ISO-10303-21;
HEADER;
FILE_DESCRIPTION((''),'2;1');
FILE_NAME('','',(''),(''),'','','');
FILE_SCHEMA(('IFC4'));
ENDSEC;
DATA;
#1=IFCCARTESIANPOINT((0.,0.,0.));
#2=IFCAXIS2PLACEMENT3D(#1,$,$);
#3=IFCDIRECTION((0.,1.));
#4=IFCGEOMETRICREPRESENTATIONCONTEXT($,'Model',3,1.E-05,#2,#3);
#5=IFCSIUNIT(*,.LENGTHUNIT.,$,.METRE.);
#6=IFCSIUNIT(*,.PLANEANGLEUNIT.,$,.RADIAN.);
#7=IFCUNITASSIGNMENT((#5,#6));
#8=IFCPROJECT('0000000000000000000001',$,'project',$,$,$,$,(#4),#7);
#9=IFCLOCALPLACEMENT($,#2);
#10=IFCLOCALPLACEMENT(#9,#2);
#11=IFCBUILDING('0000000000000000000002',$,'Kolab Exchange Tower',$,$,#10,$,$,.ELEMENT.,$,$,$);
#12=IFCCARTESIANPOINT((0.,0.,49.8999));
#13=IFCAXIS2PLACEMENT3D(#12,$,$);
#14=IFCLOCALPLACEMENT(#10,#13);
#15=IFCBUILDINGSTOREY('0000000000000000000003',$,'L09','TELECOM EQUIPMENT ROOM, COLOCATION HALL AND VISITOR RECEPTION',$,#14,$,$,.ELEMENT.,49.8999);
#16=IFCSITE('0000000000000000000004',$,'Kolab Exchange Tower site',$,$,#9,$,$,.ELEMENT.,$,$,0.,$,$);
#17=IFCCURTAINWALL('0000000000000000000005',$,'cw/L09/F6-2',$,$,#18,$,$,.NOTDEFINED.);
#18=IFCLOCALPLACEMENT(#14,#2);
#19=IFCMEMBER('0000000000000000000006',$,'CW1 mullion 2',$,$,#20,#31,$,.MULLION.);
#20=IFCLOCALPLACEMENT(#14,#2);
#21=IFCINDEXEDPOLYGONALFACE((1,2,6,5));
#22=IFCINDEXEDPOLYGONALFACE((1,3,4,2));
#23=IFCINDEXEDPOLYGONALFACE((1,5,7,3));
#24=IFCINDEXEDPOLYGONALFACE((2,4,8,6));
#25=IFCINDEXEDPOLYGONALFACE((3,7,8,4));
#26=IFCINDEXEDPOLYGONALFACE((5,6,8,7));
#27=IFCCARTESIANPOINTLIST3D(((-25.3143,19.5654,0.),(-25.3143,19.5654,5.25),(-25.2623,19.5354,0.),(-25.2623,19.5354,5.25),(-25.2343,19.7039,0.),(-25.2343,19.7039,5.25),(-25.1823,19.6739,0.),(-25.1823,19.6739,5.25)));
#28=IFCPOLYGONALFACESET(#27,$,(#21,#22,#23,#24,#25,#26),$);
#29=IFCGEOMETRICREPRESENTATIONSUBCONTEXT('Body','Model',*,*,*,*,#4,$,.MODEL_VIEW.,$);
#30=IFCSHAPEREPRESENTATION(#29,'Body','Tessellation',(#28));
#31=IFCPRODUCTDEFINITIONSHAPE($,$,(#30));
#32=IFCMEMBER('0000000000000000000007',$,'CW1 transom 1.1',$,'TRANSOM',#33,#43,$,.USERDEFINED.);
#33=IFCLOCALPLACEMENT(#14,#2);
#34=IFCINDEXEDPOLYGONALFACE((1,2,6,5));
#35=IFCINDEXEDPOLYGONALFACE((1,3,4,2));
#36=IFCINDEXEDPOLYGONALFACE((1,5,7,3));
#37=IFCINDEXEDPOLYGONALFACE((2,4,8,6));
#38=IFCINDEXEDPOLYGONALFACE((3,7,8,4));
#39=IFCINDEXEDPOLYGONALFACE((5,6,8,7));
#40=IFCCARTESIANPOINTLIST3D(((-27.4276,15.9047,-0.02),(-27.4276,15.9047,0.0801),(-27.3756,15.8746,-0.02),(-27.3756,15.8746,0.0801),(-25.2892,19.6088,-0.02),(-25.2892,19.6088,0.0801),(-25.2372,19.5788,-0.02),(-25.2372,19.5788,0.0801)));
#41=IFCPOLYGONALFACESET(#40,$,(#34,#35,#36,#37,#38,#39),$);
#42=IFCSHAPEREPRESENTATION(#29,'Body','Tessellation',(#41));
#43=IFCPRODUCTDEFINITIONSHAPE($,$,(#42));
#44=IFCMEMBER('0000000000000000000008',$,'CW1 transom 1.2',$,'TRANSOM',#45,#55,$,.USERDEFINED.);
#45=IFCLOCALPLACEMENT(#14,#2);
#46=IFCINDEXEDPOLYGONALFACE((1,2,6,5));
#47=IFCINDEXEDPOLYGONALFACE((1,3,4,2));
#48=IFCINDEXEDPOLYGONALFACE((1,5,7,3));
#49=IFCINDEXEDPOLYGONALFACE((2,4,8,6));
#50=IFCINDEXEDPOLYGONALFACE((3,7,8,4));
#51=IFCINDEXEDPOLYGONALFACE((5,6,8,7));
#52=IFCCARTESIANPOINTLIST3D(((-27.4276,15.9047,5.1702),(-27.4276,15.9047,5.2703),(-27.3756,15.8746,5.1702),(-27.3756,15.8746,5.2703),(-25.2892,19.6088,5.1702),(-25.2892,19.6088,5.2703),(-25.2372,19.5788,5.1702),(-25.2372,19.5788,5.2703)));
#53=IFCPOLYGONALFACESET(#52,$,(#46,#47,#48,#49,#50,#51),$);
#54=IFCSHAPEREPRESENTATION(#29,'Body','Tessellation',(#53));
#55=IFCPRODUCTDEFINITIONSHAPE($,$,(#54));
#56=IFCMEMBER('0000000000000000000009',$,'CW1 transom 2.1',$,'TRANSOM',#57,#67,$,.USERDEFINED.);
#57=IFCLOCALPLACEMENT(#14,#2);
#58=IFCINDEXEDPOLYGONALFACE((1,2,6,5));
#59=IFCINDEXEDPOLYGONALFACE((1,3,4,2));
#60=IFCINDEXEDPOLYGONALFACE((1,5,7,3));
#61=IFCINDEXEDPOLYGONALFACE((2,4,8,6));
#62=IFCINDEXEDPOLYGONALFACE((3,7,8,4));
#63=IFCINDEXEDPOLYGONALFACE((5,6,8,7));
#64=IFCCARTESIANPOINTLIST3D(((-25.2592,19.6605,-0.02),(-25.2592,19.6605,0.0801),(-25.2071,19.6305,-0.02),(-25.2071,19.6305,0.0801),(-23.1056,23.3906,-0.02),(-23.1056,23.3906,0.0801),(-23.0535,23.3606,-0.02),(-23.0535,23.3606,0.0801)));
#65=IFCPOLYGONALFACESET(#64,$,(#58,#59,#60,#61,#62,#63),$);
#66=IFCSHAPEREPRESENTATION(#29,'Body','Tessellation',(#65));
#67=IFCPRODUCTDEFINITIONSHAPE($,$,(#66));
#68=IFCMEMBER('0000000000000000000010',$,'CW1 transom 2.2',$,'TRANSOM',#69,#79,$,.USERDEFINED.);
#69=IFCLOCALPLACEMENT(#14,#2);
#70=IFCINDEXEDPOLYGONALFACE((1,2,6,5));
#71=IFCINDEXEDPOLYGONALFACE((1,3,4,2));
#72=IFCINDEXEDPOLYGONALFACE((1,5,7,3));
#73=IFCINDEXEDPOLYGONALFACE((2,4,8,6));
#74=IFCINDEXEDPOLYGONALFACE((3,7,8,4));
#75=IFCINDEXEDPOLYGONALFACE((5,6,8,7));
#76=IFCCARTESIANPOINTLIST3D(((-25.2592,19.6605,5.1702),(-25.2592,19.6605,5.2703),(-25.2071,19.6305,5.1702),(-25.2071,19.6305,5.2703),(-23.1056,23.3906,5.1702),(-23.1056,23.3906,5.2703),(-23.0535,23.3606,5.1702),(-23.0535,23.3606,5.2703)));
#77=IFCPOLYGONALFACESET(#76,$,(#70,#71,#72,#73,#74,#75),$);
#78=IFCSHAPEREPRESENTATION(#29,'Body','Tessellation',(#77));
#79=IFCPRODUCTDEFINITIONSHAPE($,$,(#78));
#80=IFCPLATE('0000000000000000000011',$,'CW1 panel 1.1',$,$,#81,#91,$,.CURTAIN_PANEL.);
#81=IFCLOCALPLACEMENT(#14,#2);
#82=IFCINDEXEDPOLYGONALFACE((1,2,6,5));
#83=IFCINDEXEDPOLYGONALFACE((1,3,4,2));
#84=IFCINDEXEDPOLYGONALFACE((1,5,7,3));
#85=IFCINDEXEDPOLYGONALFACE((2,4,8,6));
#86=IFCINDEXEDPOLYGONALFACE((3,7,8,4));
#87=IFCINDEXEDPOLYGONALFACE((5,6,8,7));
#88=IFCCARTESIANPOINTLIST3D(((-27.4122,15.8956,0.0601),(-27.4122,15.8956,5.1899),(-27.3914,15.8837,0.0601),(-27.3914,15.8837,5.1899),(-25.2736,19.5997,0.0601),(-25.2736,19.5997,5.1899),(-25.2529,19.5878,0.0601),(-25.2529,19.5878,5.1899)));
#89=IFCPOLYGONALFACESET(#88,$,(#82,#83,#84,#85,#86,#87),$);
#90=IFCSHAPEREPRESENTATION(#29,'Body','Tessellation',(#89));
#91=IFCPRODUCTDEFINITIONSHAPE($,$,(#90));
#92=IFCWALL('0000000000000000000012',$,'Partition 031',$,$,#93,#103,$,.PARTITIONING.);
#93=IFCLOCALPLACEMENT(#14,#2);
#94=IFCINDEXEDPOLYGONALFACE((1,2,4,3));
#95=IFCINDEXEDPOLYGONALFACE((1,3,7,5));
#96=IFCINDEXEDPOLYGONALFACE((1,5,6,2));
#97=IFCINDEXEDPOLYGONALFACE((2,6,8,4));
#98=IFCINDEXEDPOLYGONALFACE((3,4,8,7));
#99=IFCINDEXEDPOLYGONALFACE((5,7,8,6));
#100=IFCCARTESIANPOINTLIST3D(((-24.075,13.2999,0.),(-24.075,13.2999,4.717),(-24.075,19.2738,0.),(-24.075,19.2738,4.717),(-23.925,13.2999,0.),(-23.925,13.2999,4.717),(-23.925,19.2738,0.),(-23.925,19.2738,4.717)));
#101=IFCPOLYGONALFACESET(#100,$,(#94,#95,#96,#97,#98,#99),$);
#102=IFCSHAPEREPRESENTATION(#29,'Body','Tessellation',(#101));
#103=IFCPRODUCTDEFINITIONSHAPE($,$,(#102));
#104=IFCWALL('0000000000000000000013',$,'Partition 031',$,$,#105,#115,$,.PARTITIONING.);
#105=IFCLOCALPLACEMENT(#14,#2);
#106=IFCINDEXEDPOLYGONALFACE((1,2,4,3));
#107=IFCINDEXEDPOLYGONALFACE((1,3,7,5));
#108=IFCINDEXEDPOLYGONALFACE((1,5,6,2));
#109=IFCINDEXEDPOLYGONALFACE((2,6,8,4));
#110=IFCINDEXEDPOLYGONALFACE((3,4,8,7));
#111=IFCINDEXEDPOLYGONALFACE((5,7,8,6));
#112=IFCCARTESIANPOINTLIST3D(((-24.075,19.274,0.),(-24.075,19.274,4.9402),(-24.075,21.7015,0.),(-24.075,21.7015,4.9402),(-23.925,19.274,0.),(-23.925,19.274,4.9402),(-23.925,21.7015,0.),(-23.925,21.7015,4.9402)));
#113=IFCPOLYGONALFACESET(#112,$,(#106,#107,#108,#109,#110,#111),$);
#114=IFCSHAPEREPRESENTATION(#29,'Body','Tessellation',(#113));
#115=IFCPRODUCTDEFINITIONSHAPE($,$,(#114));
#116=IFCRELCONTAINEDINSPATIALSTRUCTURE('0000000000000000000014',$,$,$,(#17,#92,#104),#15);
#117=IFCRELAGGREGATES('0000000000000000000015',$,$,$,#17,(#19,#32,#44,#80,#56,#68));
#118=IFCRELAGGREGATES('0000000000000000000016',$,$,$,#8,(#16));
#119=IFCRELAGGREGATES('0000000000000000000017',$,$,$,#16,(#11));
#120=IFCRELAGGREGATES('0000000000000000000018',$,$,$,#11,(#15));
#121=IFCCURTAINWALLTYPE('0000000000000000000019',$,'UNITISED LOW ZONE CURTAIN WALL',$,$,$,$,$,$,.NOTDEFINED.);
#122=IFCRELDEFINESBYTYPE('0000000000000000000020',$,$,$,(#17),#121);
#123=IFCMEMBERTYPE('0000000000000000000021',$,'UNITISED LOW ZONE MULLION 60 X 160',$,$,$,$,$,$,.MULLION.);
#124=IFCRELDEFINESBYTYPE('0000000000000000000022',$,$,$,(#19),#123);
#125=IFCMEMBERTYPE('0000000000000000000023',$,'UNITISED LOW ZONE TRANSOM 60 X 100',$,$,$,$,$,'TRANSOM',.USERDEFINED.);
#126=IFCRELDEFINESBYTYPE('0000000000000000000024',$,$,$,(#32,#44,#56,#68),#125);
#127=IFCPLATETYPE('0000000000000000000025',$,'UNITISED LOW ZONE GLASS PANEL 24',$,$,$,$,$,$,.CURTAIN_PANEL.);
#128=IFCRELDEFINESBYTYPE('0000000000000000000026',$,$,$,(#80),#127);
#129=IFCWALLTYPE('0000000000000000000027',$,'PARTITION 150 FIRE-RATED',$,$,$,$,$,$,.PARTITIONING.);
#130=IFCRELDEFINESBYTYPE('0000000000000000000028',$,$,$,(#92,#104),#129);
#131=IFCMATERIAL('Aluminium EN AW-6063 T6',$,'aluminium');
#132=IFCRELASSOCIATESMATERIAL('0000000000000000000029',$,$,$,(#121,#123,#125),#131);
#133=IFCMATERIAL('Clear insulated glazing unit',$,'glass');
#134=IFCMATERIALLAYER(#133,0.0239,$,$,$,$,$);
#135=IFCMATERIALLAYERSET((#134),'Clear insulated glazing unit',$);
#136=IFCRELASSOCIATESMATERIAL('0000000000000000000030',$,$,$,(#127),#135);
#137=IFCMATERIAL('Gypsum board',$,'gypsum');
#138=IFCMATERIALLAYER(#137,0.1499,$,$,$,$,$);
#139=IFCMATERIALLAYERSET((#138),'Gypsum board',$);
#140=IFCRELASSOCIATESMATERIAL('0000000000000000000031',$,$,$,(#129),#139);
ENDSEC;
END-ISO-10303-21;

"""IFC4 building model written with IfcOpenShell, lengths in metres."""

from ifc_helpers import new_model, si_unit, direction, frame, frame_2d, origin, origin_2d, place, context, subcontext, project, spatial, rectangle, extrude, material, layer, layer_set, material_profile, profile_set, type_object, element, aggregate, save


model = new_model("IFC4")

# Units and contexts
model_context = context("Model", 3, precision=1e-05, world=origin(), true_north=direction((0.0, 1.0)))
body_context = subcontext(model_context, "Body", "Model", "MODEL_VIEW")
ifc_project = project(units=[si_unit("LENGTHUNIT", "METRE"), si_unit("PLANEANGLEUNIT", "RADIAN")], contexts=[model_context])

# Site, building, storey
site_placement = place(None, origin())
site = spatial("IfcSite", under=ifc_project, at=site_placement, Name="Kolab Exchange Tower site", CompositionType="ELEMENT", RefElevation=0.0)
building_placement = place(site_placement, origin())
building = spatial("IfcBuilding", under=site, at=building_placement, Name="Kolab Exchange Tower", CompositionType="ELEMENT")
storey_placement = place(building_placement, frame((0.0, 0.0, 49.8999)))
storey = spatial("IfcBuildingStorey", under=building, at=storey_placement, Name="L09", Description="TELECOM EQUIPMENT ROOM, COLOCATION HALL AND VISITOR RECEPTION", CompositionType="ELEMENT", Elevation=49.8999)

# Curtain wall, members, plate
ifc_material_1 = material(Name="Aluminium EN AW-6063 T6", Category="aluminium")
curtain_wall_type = type_object("IfcCurtainWallType", Name="UNITISED LOW ZONE CURTAIN WALL", PredefinedType="NOTDEFINED", material=ifc_material_1)
curtain_wall_placement = place(storey_placement, origin())
curtain_wall = element("IfcCurtainWall", 1, at=curtain_wall_placement, inside=storey, type_object=curtain_wall_type, Name="cw/L09/F6-2", PredefinedType="NOTDEFINED")
ifc_material_profile_1 = material_profile(ifc_material_1, rectangle(XDim=0.0601, YDim=0.1599, at=origin_2d()), Name="RECT 60X160")
ifc_profile_set_1 = profile_set([ifc_material_profile_1], Name="Aluminium EN AW-6063 T6")
member_type_1 = type_object("IfcMemberType", Name="UNITISED LOW ZONE MULLION 60 X 160", PredefinedType="MULLION", material=ifc_profile_set_1)
member_1_placement = place(storey_placement, frame((-25.2483, 19.6196, 0.0), z_axis=(0.0, 0.0, 1.0), x_axis=(-0.866025, 0.5, 0.0)))
member_1 = element("IfcMember", 2, at=member_1_placement, type_object=member_type_1, Name="CW1 mullion 2", PredefinedType="MULLION", context=body_context, shape_type="SweptSolid", body=[
    extrude(rectangle(XDim=0.0601, YDim=0.1599, at=origin_2d()), origin(), (0.0, 0.0, 1.0), 5.25),
])
ifc_material_profile_2 = material_profile(ifc_material_1, rectangle(XDim=0.0601, YDim=0.1001, at=origin_2d()), Name="RECT 60X100")
ifc_profile_set_2 = profile_set([ifc_material_profile_2], Name="Aluminium EN AW-6063 T6")
member_type_2 = type_object("IfcMemberType", Name="UNITISED LOW ZONE TRANSOM 60 X 100", ElementType="TRANSOM", PredefinedType="USERDEFINED", material=ifc_profile_set_2)
member_2_placement = place(storey_placement, frame((-27.4016, 15.8896, 0.03), z_axis=(0.499976, 0.866039, 0.0), x_axis=(-0.866039, 0.499976, 0.0)))
member_2 = element("IfcMember", 3, at=member_2_placement, type_object=member_type_2, Name="CW1 transom 1.1", ObjectType="TRANSOM", PredefinedType="USERDEFINED", context=body_context, shape_type="SweptSolid", body=[
    extrude(rectangle(XDim=0.0601, YDim=0.1001, at=origin_2d()), origin(), (0.0, 0.0, 1.0), 4.2771),
])
member_3_placement = place(storey_placement, frame((-27.4016, 15.8896, 5.2202), z_axis=(0.499976, 0.866039, 0.0), x_axis=(-0.866039, 0.499976, 0.0)))
member_3 = element("IfcMember", 4, at=member_3_placement, type_object=member_type_2, Name="CW1 transom 1.2", ObjectType="TRANSOM", PredefinedType="USERDEFINED", context=body_context, shape_type="SweptSolid", body=[
    extrude(rectangle(XDim=0.0601, YDim=0.1001, at=origin_2d()), origin(), (0.0, 0.0, 1.0), 4.2771),
])
member_4_placement = place(storey_placement, frame((-25.2332, 19.6455, 0.03), z_axis=(0.50001, 0.866019, 0.0), x_axis=(-0.866019, 0.50001, 0.0)))
member_4 = element("IfcMember", 5, at=member_4_placement, type_object=member_type_2, Name="CW1 transom 2.1", ObjectType="TRANSOM", PredefinedType="USERDEFINED", context=body_context, shape_type="SweptSolid", body=[
    extrude(rectangle(XDim=0.0601, YDim=0.1001, at=origin_2d()), origin(), (0.0, 0.0, 1.0), 4.3071),
])
member_5_placement = place(storey_placement, frame((-25.2332, 19.6455, 5.2202), z_axis=(0.50001, 0.866019, 0.0), x_axis=(-0.866019, 0.50001, 0.0)))
member_5 = element("IfcMember", 6, at=member_5_placement, type_object=member_type_2, Name="CW1 transom 2.2", ObjectType="TRANSOM", PredefinedType="USERDEFINED", context=body_context, shape_type="SweptSolid", body=[
    extrude(rectangle(XDim=0.0601, YDim=0.1001, at=origin_2d()), origin(), (0.0, 0.0, 1.0), 4.3071),
])
ifc_material_2 = material(Name="Clear insulated glazing unit", Category="glass")
ifc_layer_1 = layer(ifc_material_2, 0.0239)
ifc_layer_set_1 = layer_set([ifc_layer_1], Name="Clear insulated glazing unit")
plate_type = type_object("IfcPlateType", Name="UNITISED LOW ZONE GLASS PANEL 24", PredefinedType="CURTAIN_PANEL", material=ifc_layer_set_1)
plate_placement = place(storey_placement, frame((-26.3325, 17.7417, 0.0601), z_axis=(0.0, 0.0, 1.0), x_axis=(0.5, 0.866025, 0.0)))
plate = element("IfcPlate", 7, at=plate_placement, type_object=plate_type, Name="CW1 panel 1.1", PredefinedType="CURTAIN_PANEL", context=body_context, shape_type="SweptSolid", body=[
    extrude(rectangle(XDim=4.2771, YDim=0.0239, at=origin_2d()), origin(), (0.0, 0.0, 1.0), 5.1299),
])
aggregate(curtain_wall, [member_1, member_2, member_3, plate, member_4, member_5])

# Walls
ifc_material_3 = material(Name="Gypsum board", Category="gypsum")
ifc_layer_2 = layer(ifc_material_3, 0.1499)
ifc_layer_set_2 = layer_set([ifc_layer_2], Name="Gypsum board")
wall_type = type_object("IfcWallType", Name="PARTITION 150 FIRE-RATED", PredefinedType="PARTITIONING", material=ifc_layer_set_2)
wall_1_placement = place(storey_placement, frame((-24.0, 13.3, 0.0), z_axis=(0.0, 0.0, 1.0), x_axis=(0.0, 1.0, 0.0)))
element("IfcWall", 8, at=wall_1_placement, inside=storey, type_object=wall_type, Name="Partition 031", PredefinedType="PARTITIONING", context=body_context, shape_type="SweptSolid", body=[
    extrude(rectangle(XDim=5.9739, YDim=0.1499, at=frame_2d((2.9868, 0.0))), origin(), (0.0, 0.0, 1.0), 4.717),
])
wall_2_placement = place(storey_placement, frame((-24.0, 19.2739, 0.0), z_axis=(0.0, 0.0, 1.0), x_axis=(0.0, 1.0, 0.0)))
element("IfcWall", 9, at=wall_2_placement, inside=storey, type_object=wall_type, Name="Partition 031", PredefinedType="PARTITIONING", context=body_context, shape_type="SweptSolid", body=[
    extrude(rectangle(XDim=2.4275, YDim=0.1499, at=frame_2d((1.2139, 0.0))), origin(), (0.0, 0.0, 1.0), 4.9402),
])

save(model, "model.ifc")
